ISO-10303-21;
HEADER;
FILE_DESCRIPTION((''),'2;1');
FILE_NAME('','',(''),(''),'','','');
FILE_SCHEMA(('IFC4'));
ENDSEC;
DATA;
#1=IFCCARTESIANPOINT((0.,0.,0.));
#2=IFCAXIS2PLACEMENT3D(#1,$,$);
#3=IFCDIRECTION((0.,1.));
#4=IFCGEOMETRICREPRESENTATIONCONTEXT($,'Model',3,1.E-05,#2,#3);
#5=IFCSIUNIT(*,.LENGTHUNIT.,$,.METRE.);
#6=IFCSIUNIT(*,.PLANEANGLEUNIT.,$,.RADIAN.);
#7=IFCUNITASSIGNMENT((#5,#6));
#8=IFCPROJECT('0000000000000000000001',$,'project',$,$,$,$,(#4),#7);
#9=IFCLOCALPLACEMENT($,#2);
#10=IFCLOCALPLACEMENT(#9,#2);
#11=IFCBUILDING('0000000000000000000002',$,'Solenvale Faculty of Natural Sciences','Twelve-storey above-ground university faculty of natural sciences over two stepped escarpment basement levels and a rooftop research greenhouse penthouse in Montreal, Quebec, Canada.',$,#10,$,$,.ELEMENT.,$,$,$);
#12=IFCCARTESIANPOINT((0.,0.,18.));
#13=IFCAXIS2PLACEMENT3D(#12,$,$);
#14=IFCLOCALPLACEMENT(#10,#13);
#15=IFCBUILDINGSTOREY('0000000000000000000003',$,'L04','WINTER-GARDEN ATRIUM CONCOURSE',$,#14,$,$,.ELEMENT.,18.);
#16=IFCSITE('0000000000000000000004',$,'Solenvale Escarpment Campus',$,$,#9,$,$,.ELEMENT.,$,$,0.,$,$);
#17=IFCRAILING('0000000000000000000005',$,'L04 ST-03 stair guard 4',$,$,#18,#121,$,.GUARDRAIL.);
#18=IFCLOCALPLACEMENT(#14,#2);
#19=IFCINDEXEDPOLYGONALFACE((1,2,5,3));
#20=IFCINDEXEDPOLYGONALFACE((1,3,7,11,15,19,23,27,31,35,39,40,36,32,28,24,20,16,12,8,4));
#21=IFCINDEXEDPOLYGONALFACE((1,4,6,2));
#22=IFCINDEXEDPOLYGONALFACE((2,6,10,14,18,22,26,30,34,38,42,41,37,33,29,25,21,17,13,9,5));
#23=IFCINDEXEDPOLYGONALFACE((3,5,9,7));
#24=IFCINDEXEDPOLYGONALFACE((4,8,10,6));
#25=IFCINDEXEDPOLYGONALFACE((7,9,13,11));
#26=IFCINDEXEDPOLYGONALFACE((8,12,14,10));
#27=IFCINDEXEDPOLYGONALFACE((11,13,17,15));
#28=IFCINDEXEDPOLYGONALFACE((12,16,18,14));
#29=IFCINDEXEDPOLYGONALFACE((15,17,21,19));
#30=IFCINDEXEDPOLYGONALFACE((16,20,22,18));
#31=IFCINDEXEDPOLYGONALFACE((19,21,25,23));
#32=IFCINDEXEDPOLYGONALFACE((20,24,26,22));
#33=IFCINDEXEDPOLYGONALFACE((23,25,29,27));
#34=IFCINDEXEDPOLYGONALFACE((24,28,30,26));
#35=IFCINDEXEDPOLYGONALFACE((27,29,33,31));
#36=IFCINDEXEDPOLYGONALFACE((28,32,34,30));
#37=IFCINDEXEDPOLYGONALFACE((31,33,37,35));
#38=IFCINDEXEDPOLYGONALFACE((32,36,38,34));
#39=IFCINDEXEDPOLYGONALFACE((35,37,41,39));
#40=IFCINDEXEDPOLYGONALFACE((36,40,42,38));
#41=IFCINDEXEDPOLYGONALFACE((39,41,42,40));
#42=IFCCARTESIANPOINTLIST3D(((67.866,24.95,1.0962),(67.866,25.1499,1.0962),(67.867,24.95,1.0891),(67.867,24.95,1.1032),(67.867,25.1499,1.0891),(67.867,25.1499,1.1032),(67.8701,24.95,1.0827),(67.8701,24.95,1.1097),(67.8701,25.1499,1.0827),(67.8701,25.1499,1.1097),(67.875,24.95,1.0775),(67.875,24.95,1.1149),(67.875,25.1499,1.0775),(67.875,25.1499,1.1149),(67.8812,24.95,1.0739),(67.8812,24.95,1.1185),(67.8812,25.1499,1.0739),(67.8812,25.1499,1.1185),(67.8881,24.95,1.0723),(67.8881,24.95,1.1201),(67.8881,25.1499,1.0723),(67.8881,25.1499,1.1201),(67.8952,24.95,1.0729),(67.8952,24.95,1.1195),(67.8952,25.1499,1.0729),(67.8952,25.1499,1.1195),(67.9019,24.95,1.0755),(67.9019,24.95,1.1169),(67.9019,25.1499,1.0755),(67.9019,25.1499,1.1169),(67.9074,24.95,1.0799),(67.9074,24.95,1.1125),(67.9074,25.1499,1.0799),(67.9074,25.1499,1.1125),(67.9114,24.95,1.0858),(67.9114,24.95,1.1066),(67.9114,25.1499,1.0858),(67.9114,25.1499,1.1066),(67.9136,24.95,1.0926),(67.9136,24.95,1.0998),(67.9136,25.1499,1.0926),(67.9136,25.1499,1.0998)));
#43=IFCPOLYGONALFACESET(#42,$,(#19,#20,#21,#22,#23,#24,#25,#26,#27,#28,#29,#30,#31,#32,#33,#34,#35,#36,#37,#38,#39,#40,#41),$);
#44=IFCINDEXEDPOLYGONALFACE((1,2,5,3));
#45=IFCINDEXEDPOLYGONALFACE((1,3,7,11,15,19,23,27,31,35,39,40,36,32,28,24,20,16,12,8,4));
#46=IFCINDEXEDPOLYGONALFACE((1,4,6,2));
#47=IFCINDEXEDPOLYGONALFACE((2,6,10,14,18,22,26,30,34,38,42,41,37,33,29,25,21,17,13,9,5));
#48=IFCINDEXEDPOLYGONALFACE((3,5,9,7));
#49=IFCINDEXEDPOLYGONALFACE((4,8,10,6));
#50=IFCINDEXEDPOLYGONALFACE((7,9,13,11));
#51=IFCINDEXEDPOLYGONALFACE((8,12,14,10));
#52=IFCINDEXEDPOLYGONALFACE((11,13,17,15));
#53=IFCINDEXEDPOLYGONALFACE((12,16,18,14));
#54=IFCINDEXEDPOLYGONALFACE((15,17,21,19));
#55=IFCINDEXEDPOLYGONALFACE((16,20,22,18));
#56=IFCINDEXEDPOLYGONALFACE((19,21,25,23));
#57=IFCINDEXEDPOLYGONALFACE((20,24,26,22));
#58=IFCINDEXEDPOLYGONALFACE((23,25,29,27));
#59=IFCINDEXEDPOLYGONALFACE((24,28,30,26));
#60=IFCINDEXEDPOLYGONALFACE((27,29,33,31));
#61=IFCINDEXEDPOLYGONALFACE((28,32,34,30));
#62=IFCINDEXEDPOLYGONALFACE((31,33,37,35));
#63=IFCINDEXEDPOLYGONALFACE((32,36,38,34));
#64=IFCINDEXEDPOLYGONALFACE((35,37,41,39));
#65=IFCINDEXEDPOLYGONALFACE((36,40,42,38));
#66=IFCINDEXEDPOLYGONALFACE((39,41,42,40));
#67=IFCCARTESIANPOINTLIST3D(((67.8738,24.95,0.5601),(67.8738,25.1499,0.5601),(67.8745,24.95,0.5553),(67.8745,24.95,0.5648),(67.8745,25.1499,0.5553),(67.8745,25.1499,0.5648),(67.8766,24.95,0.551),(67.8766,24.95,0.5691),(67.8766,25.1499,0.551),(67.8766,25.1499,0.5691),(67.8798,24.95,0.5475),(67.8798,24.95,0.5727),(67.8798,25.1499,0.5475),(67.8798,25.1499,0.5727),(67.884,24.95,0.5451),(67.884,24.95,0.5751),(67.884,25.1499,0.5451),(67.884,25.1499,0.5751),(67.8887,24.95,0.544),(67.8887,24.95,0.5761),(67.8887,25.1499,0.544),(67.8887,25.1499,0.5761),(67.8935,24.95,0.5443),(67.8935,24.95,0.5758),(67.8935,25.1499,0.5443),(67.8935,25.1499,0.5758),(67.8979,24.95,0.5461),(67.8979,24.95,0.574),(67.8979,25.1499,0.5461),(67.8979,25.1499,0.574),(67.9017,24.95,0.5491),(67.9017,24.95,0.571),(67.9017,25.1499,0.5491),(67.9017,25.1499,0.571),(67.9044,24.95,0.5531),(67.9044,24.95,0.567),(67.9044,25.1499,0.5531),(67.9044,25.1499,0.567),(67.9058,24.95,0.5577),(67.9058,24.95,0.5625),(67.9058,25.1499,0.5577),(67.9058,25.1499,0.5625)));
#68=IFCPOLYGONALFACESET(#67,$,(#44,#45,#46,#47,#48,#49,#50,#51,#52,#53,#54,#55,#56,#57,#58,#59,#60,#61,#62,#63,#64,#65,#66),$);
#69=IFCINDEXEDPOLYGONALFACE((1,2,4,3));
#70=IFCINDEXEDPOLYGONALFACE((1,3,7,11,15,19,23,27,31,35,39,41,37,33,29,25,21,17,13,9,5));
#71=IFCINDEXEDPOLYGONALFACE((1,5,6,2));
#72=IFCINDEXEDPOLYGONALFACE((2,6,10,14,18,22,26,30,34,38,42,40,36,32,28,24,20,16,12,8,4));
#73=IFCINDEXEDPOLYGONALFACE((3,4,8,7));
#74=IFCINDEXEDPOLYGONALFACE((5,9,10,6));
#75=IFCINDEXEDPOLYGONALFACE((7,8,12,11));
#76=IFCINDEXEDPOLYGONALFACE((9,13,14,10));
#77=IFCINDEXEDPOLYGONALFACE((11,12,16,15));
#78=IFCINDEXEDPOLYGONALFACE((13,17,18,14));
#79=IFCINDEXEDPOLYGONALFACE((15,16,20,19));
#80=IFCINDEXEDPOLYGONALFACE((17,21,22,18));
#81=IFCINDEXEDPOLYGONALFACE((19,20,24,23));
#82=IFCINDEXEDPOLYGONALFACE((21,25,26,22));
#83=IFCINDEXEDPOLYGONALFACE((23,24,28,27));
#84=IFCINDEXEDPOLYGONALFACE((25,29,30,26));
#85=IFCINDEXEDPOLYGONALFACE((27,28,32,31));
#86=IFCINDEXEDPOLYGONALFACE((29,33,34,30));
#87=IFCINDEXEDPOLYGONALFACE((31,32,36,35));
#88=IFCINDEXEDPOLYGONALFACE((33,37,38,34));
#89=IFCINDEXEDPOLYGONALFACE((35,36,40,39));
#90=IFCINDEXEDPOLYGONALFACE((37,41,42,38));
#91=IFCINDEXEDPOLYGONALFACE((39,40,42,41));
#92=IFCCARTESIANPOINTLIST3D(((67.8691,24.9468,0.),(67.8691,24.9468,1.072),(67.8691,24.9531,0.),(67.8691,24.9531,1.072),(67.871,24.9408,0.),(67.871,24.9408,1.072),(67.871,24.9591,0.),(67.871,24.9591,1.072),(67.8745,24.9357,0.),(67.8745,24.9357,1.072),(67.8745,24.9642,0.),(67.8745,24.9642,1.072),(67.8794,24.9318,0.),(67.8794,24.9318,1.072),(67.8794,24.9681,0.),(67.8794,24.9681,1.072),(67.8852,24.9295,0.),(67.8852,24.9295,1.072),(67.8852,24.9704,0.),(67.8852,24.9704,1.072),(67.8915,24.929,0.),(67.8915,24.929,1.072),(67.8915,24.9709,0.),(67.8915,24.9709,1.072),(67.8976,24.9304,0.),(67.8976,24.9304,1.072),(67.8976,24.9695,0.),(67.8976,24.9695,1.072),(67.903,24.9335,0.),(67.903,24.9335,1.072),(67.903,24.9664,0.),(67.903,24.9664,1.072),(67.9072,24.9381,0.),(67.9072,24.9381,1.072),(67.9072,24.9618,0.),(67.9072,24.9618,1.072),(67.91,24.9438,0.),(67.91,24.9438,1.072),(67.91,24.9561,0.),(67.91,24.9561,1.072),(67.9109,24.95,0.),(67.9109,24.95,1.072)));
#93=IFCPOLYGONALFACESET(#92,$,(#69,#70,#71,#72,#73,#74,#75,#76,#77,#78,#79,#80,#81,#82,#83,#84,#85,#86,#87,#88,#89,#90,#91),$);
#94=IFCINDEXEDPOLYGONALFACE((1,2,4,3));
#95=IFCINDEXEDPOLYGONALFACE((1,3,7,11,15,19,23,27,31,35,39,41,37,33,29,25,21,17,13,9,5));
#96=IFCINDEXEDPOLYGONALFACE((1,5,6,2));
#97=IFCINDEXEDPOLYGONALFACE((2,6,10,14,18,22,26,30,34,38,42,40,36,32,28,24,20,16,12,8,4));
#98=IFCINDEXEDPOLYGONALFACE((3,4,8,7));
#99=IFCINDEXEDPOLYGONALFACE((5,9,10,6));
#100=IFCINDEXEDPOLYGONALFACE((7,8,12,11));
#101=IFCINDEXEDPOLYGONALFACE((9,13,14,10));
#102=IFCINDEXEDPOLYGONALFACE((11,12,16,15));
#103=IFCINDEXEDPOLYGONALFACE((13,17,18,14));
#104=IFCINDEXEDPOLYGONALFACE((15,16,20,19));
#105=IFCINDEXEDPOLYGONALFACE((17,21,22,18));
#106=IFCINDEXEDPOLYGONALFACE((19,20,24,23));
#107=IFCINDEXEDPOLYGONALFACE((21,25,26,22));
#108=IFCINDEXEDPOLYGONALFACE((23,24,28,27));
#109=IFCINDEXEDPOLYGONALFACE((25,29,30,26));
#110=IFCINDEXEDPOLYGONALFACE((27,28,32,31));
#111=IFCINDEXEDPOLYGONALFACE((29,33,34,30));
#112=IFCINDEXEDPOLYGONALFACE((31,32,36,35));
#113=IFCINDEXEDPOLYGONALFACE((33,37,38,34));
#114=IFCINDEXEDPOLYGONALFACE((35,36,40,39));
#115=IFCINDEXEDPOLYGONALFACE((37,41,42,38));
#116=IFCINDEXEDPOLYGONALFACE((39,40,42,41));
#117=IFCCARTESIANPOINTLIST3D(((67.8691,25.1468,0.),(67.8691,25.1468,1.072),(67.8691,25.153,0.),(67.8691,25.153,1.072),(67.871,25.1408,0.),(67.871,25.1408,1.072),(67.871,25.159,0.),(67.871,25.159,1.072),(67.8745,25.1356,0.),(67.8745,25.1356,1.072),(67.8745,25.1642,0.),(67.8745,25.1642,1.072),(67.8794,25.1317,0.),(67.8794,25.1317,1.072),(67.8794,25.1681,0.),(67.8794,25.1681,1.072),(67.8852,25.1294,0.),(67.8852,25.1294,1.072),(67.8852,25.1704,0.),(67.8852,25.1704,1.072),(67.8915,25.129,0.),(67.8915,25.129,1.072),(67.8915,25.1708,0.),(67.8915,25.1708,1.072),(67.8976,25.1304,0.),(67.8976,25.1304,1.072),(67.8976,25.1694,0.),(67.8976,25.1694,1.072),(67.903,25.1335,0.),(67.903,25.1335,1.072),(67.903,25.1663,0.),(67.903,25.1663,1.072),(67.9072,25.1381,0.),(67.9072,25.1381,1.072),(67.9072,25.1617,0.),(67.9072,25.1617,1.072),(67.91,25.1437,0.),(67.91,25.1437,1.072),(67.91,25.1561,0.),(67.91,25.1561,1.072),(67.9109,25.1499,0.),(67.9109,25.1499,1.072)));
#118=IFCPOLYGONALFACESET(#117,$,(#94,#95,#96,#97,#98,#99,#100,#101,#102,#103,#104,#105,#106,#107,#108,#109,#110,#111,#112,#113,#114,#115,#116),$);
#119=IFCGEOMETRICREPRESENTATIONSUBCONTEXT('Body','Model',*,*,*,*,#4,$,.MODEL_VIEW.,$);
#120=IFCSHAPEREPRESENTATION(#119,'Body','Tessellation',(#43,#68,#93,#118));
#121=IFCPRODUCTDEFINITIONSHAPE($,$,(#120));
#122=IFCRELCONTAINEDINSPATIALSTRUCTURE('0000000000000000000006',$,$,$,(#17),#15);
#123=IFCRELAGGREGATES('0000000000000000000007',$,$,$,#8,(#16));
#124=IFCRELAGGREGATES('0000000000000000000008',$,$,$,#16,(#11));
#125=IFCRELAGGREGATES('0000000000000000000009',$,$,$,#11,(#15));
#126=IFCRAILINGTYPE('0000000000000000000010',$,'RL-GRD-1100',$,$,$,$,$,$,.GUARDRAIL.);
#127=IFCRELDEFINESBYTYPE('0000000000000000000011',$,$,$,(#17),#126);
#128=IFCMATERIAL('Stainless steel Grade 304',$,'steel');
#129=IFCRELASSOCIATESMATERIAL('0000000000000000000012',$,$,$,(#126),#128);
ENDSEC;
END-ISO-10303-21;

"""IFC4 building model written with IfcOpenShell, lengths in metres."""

from ifc_helpers import new_model, si_unit, direction, frame, origin, origin_2d, place, context, subcontext, project, spatial, circle, extrude, material, type_object, element, save


model = new_model("IFC4")

# Units and contexts
model_context = context("Model", 3, precision=1e-05, world=origin(), true_north=direction((0.0, 1.0)))
body_context = subcontext(model_context, "Body", "Model", "MODEL_VIEW")
ifc_project = project(units=[si_unit("LENGTHUNIT", "METRE"), si_unit("PLANEANGLEUNIT", "RADIAN")], contexts=[model_context])

# Site, building, storey
site_placement = place(None, origin())
site = spatial("IfcSite", under=ifc_project, at=site_placement, Name="Solenvale Escarpment Campus", CompositionType="ELEMENT", RefElevation=0.0)
building_placement = place(site_placement, origin())
building = spatial("IfcBuilding", under=site, at=building_placement, Name="Solenvale Faculty of Natural Sciences", Description="Twelve-storey above-ground university faculty of natural sciences over two stepped escarpment basement levels and a rooftop research greenhouse penthouse in Montreal, Quebec, Canada.", CompositionType="ELEMENT")
storey_placement = place(building_placement, frame((0.0, 0.0, 18.0)))
storey = spatial("IfcBuildingStorey", under=building, at=storey_placement, Name="L04", Description="WINTER-GARDEN ATRIUM CONCOURSE", CompositionType="ELEMENT", Elevation=18.0)

# Railing
ifc_material_1 = material(Name="Stainless steel Grade 304", Category="steel")
railing_type_1 = type_object("IfcRailingType", Name="RL-GRD-1100", PredefinedType="GUARDRAIL", material=ifc_material_1)
railing_1_placement = place(storey_placement, frame((67.8899, 24.95, 0.0)))
element("IfcRailing", 1, at=railing_1_placement, inside=storey, type_object=railing_type_1, Name="L04 ST-03 stair guard 4", PredefinedType="GUARDRAIL", context=body_context, shape_type="SweptSolid", body=[
    extrude(circle(Radius=0.0239, at=origin_2d()), frame((0.0, 0.0, 1.0962), z_axis=(0.0, 1.0, 0.0), x_axis=(-1.0, 0.0, 0.0)), (0.0, 0.0, 1.0), 0.2),
    extrude(circle(Radius=0.0161, at=origin_2d()), frame((0.0, 0.0, 0.5601), z_axis=(0.0, 1.0, 0.0), x_axis=(-1.0, 0.0, 0.0)), (0.0, 0.0, 1.0), 0.2),
    extrude(circle(Radius=0.021, at=origin_2d()), origin(), (0.0, 0.0, 1.0), 1.072),
    extrude(circle(Radius=0.021, at=origin_2d()), frame((0.0, 0.2, 0.0)), (0.0, 0.0, 1.0), 1.072),
])

save(model, "model.ifc")
